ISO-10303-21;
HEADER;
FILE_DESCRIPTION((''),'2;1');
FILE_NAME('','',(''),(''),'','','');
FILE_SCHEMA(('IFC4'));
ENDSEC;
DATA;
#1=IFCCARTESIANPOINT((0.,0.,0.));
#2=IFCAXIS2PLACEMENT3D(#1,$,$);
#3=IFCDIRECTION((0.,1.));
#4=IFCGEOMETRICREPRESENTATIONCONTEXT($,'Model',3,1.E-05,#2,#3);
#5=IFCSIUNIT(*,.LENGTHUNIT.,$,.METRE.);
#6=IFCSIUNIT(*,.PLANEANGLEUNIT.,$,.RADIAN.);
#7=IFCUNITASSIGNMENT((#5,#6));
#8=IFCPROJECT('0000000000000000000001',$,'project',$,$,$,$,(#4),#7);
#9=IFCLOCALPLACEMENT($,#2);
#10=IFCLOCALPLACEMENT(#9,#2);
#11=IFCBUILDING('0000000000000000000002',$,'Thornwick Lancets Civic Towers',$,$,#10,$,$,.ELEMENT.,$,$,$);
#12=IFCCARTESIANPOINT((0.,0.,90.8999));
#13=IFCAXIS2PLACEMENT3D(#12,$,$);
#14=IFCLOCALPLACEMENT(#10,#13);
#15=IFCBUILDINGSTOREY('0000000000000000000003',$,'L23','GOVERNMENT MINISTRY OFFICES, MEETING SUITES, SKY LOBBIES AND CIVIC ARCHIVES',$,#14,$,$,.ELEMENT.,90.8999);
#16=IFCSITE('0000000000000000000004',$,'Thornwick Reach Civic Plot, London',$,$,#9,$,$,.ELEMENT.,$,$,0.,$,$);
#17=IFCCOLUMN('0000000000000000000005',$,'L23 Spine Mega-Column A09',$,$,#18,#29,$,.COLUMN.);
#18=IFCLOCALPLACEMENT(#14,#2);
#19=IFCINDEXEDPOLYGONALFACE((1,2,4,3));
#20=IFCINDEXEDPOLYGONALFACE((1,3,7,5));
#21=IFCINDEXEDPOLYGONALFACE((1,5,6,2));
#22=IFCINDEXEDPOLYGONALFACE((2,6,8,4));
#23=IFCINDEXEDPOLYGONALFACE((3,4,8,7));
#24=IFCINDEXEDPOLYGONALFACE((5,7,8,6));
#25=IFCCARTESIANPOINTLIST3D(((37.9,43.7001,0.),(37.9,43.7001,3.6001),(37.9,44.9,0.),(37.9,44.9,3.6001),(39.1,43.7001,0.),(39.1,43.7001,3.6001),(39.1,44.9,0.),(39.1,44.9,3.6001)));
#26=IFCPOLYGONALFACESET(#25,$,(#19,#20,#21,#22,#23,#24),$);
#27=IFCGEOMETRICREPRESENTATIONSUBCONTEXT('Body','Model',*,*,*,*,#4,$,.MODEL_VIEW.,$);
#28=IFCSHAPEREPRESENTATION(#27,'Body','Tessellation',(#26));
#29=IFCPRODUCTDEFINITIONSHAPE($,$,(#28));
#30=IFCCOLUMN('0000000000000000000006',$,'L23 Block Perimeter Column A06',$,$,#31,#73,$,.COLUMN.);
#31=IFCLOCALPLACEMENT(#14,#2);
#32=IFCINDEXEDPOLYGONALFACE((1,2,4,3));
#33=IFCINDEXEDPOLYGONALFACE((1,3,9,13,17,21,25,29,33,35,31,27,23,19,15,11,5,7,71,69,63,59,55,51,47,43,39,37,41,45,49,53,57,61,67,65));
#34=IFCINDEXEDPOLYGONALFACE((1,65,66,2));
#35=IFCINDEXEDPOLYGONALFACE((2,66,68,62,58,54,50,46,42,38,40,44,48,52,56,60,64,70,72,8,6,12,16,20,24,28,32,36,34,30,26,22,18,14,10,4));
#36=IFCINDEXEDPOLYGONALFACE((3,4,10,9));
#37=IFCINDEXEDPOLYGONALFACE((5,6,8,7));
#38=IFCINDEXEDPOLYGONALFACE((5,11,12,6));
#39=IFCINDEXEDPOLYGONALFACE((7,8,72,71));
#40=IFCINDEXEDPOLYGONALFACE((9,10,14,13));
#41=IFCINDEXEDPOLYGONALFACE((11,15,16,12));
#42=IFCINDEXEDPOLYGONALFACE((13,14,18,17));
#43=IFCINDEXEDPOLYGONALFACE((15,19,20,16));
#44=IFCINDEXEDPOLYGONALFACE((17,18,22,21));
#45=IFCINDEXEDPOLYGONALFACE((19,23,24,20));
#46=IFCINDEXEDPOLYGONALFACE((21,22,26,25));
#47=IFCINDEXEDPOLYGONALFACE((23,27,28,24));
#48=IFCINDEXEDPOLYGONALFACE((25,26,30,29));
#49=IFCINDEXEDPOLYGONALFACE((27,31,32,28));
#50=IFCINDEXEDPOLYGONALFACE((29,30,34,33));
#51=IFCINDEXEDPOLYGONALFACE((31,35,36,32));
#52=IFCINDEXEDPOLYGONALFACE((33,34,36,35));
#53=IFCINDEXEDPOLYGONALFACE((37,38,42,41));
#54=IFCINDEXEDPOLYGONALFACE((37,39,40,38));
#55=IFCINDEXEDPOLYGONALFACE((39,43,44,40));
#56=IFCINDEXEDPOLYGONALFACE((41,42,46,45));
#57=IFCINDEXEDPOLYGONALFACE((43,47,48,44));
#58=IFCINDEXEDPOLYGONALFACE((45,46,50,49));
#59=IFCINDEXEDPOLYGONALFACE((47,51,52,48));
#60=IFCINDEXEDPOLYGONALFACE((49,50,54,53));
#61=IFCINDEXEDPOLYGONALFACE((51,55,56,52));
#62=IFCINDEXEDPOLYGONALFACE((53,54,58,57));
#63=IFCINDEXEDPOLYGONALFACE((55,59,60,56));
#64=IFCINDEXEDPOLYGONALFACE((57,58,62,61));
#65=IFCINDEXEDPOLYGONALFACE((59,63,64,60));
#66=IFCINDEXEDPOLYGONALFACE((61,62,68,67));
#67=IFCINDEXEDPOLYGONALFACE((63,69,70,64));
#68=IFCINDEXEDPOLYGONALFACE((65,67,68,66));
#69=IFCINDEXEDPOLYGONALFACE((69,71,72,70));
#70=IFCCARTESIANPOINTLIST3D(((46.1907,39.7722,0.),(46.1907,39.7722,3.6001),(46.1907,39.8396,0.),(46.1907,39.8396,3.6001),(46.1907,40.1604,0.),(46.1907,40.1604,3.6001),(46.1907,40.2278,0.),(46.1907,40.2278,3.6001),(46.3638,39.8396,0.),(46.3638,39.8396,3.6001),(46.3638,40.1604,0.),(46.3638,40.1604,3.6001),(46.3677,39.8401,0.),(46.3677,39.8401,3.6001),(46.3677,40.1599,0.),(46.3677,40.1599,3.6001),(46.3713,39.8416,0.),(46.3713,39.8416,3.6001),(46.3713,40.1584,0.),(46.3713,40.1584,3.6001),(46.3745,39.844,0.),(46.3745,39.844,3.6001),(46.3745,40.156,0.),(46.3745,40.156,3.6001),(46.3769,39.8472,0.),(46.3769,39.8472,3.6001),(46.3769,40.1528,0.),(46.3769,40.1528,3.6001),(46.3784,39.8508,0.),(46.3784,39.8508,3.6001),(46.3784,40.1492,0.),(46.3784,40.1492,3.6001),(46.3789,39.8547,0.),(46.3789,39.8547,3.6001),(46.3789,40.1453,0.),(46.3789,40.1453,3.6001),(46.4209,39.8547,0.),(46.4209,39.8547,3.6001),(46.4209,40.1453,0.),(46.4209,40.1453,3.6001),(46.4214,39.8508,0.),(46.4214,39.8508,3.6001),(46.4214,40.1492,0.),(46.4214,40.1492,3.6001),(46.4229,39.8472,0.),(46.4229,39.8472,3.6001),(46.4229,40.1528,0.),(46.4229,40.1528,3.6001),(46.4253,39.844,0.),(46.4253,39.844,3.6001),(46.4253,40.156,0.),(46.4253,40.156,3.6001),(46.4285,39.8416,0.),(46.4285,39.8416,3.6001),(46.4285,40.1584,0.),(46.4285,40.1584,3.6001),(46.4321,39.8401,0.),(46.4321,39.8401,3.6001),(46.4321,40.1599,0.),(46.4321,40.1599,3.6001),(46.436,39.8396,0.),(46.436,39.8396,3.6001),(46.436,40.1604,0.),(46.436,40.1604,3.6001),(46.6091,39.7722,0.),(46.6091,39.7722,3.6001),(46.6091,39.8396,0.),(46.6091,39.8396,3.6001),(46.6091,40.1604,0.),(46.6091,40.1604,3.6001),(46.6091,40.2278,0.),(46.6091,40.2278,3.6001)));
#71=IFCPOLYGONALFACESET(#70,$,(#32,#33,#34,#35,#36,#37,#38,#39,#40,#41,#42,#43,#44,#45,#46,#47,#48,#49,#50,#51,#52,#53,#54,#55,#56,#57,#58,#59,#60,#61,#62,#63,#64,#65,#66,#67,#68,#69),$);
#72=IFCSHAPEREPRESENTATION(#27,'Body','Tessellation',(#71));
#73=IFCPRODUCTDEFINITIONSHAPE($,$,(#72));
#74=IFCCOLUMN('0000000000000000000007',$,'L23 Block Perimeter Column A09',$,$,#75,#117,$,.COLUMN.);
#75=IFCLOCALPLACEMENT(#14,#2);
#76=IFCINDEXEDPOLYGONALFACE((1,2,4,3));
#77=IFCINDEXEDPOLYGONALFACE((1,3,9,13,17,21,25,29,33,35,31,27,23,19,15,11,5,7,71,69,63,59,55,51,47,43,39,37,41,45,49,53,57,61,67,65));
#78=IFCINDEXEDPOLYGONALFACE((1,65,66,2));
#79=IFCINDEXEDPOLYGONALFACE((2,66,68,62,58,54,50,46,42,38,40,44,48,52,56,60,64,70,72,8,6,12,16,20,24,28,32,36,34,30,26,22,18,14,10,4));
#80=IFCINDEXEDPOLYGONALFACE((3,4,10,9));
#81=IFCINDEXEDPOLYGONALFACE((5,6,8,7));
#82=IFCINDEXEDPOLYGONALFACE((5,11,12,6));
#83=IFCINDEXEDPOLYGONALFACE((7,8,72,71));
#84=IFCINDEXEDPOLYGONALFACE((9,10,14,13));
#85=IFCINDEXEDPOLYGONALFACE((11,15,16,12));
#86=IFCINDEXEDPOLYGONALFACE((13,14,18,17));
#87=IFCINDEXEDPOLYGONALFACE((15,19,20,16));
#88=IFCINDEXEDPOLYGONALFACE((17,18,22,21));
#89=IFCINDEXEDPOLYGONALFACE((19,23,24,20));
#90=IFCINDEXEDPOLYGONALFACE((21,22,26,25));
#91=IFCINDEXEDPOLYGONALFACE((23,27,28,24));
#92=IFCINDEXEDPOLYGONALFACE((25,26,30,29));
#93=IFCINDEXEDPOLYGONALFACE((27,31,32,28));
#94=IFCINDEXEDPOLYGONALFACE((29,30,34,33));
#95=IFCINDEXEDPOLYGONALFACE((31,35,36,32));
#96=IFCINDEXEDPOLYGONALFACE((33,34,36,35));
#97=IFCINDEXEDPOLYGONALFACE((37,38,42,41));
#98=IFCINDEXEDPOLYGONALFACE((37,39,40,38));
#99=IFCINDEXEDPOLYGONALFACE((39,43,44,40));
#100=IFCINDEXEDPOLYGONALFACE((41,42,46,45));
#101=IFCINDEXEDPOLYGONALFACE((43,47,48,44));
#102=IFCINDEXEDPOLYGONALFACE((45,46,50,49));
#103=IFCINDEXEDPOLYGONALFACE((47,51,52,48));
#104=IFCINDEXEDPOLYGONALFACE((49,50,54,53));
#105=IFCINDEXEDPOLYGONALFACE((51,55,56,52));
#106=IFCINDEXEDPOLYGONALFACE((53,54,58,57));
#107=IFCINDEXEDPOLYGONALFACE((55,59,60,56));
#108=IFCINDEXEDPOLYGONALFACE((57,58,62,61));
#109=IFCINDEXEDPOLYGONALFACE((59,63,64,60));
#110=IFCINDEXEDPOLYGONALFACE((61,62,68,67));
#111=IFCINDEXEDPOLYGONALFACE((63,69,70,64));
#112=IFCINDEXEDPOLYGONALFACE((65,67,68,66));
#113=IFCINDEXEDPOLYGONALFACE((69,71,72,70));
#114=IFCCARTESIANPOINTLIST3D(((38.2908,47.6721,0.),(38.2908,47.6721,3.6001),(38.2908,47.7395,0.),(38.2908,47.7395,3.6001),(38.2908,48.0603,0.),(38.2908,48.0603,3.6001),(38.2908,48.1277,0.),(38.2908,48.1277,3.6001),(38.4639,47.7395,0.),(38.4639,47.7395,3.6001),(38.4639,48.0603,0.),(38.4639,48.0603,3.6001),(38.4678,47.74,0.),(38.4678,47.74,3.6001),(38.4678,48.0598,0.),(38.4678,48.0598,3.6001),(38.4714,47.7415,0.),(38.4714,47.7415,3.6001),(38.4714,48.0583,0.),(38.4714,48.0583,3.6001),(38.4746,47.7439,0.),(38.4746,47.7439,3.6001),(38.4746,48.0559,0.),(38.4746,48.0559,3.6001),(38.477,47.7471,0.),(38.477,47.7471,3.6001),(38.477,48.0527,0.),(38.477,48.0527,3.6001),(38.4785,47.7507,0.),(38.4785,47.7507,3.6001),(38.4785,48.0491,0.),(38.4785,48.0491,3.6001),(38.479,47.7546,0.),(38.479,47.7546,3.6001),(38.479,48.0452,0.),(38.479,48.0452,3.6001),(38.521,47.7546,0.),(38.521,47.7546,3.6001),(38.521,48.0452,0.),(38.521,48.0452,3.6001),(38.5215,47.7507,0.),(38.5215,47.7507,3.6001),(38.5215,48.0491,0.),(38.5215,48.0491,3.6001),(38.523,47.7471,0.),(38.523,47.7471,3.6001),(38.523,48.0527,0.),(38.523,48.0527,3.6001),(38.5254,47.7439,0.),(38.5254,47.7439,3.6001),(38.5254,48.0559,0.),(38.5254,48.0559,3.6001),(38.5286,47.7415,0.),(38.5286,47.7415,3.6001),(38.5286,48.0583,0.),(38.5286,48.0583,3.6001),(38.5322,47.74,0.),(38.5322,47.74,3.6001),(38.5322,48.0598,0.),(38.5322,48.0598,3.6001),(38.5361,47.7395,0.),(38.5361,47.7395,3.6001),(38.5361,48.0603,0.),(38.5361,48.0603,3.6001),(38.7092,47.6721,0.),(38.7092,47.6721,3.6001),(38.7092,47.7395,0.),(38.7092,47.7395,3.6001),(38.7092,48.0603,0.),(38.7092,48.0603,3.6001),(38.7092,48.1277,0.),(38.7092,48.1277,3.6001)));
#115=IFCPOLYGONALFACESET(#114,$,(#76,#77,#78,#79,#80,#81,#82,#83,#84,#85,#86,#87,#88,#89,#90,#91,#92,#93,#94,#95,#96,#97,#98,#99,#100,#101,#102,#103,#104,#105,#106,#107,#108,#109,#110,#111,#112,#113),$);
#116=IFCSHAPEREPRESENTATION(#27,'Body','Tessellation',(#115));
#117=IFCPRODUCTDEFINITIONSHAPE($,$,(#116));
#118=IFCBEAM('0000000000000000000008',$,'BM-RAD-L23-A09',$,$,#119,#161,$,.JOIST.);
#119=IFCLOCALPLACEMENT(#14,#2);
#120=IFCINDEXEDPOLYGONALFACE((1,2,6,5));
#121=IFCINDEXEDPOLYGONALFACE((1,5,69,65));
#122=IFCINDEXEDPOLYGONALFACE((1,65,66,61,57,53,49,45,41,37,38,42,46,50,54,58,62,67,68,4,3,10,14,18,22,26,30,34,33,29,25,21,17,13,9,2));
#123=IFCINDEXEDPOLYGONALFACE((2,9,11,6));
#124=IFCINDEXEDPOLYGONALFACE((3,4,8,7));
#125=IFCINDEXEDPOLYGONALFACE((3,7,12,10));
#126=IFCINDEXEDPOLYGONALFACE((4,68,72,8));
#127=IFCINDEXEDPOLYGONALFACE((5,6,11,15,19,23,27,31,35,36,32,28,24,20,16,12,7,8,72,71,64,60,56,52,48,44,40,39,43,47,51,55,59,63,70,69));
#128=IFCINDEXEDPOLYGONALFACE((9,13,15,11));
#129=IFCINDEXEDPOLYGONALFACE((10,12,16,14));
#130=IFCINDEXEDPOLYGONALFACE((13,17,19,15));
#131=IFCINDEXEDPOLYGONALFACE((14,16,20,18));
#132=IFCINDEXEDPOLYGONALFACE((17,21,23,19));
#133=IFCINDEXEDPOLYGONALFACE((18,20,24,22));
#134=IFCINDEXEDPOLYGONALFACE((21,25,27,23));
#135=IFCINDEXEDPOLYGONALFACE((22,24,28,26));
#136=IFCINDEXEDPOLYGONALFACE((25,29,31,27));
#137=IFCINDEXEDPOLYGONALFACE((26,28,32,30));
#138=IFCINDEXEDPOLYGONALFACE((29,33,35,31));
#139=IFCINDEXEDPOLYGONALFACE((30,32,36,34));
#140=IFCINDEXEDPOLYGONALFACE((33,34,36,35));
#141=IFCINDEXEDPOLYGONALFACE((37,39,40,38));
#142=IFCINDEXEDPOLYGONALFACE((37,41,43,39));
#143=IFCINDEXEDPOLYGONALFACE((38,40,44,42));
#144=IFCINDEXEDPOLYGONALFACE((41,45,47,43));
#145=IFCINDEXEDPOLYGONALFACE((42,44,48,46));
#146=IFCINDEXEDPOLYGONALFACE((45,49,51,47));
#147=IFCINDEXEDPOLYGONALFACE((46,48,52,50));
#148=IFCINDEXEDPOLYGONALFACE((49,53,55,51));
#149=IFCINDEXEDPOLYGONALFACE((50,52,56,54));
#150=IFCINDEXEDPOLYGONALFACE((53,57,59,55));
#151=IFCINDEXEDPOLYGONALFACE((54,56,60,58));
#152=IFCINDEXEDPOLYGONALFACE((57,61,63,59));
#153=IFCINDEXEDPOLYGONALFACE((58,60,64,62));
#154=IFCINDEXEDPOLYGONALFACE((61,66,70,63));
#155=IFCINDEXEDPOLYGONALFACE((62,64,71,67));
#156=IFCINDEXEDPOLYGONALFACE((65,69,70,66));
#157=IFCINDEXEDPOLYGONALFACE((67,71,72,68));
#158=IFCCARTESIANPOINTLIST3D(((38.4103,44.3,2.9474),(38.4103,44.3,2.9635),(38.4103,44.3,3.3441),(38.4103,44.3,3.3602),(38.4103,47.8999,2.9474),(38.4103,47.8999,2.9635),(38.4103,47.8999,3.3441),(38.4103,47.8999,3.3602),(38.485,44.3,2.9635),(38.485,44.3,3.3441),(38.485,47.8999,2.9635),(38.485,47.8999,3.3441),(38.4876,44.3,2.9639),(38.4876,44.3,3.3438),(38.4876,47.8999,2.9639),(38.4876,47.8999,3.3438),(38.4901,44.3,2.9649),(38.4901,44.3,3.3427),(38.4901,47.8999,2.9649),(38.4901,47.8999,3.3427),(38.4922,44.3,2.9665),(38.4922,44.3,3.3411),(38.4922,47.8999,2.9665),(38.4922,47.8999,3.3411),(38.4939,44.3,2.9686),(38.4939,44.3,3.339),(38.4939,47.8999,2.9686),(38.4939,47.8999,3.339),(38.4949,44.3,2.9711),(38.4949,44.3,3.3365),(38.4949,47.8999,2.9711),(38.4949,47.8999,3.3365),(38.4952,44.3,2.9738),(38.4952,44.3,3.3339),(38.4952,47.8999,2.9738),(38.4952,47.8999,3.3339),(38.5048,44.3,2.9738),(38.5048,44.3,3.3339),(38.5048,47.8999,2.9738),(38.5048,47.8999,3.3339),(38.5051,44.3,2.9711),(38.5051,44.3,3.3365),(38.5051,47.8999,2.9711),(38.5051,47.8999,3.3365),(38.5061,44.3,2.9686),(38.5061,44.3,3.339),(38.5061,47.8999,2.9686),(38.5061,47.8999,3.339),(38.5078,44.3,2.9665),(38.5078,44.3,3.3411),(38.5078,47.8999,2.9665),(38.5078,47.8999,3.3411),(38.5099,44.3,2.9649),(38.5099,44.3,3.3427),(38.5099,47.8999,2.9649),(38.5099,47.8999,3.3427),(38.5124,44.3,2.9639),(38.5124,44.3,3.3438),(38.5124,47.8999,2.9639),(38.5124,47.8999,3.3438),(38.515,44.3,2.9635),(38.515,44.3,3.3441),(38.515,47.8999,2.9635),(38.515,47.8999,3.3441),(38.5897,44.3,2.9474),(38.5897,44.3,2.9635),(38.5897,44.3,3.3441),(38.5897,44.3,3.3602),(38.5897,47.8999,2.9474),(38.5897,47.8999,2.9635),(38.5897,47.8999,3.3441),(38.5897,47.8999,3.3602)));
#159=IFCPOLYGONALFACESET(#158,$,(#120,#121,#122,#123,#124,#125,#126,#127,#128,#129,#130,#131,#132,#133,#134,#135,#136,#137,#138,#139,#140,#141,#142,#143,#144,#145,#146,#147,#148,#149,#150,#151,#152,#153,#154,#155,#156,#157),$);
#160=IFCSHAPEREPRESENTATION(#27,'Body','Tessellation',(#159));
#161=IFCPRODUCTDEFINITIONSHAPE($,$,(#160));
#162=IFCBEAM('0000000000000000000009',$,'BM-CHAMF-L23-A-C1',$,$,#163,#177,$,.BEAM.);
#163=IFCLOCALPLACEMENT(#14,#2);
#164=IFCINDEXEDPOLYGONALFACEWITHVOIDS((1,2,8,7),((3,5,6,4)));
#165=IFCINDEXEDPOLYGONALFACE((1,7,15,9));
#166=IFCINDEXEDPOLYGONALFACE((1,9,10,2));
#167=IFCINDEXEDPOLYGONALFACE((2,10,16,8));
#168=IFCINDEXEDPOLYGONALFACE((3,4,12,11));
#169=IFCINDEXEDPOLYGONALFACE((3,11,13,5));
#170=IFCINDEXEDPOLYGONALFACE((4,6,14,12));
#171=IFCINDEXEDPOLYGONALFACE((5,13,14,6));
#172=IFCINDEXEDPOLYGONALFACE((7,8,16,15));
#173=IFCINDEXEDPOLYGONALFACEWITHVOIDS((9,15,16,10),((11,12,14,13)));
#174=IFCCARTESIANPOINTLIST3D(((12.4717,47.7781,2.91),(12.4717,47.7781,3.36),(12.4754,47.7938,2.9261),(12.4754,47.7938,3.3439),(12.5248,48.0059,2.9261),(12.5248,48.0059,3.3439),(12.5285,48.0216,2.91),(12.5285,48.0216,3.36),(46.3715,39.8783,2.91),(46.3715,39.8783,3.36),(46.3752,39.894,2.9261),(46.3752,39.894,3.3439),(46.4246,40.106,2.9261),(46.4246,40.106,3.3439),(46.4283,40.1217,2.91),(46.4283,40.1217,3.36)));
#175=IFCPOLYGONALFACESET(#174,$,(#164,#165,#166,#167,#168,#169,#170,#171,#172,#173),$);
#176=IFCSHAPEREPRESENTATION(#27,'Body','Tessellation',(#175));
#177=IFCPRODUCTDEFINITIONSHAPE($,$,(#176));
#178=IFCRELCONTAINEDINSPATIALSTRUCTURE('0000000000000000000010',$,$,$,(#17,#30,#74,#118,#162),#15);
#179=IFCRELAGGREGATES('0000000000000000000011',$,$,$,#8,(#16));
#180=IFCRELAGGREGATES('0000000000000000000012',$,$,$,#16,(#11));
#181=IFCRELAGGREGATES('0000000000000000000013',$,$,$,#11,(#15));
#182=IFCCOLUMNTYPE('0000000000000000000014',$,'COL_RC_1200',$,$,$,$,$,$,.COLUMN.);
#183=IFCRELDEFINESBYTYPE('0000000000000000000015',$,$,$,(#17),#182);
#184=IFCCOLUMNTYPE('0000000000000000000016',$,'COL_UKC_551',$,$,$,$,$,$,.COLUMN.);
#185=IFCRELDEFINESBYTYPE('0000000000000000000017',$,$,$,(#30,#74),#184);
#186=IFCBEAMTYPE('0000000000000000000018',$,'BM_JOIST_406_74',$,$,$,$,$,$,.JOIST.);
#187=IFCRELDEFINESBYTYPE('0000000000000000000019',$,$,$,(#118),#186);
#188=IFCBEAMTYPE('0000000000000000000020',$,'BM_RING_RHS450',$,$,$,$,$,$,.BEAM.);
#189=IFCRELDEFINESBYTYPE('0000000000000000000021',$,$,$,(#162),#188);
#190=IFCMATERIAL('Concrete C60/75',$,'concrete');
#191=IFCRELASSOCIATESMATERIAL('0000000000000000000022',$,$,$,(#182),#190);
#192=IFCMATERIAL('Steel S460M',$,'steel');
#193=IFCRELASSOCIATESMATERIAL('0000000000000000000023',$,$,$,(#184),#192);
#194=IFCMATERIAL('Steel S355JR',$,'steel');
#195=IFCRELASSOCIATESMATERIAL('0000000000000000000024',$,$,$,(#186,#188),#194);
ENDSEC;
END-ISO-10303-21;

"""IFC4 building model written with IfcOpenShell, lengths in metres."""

from ifc_helpers import new_model, si_unit, direction, frame, origin, origin_2d, place, context, subcontext, project, spatial, rectangle, hollow_rectangle, i_section, extrude, material, material_profile, profile_set, type_object, element, save


model = new_model("IFC4")

# Units and contexts
model_context = context("Model", 3, precision=1e-05, world=origin(), true_north=direction((0.0, 1.0)))
body_context = subcontext(model_context, "Body", "Model", "MODEL_VIEW")
ifc_project = project(units=[si_unit("LENGTHUNIT", "METRE"), si_unit("PLANEANGLEUNIT", "RADIAN")], contexts=[model_context])

# Site, building, storey
site_placement = place(None, origin())
site = spatial("IfcSite", under=ifc_project, at=site_placement, Name="Thornwick Reach Civic Plot, London", CompositionType="ELEMENT", RefElevation=0.0)
building_placement = place(site_placement, origin())
building = spatial("IfcBuilding", under=site, at=building_placement, Name="Thornwick Lancets Civic Towers", CompositionType="ELEMENT")
storey_placement = place(building_placement, frame((0.0, 0.0, 90.8999)))
storey = spatial("IfcBuildingStorey", under=building, at=storey_placement, Name="L23", Description="GOVERNMENT MINISTRY OFFICES, MEETING SUITES, SKY LOBBIES AND CIVIC ARCHIVES", CompositionType="ELEMENT", Elevation=90.8999)

# Columns
ifc_material_1 = material(Name="Concrete C60/75", Category="concrete")
ifc_material_profile_1 = material_profile(ifc_material_1, rectangle(XDim=1.2, YDim=1.2, at=origin_2d()), Name="RC 1200x1200")
ifc_profile_set_1 = profile_set([ifc_material_profile_1], Name="Concrete C60/75")
column_type_1 = type_object("IfcColumnType", Name="COL_RC_1200", PredefinedType="COLUMN", material=ifc_profile_set_1)
column_placement = place(storey_placement, frame((38.5, 44.3, 0.0), z_axis=(0.0, 0.0, 1.0), x_axis=(1.0, 0.0, 0.0)))
element("IfcColumn", 1, at=column_placement, inside=storey, type_object=column_type_1, Name="L23 Spine Mega-Column A09", PredefinedType="COLUMN", context=body_context, shape_type="SweptSolid", body=[
    extrude(rectangle(XDim=1.2, YDim=1.2, at=origin_2d()), origin(), (0.0, 0.0, 1.0), 3.6001),
])
ifc_material_2 = material(Name="Steel S460M", Category="steel")
ifc_material_profile_2 = material_profile(ifc_material_2, i_section(OverallWidth=0.4185, OverallDepth=0.4556, WebThickness=0.042, FlangeThickness=0.0674, FilletRadius=0.0151, at=origin_2d()), Name="UKC 356x406x551")
ifc_profile_set_2 = profile_set([ifc_material_profile_2], Name="Steel S460M")
column_type_2 = type_object("IfcColumnType", Name="COL_UKC_551", PredefinedType="COLUMN", material=ifc_profile_set_2)
for number, where, z_axis, x_axis, name in (
    (2, (46.3999, 40.0, 0.0), (0.0, 0.0, 1.0), (1.0, 0.0, 0.0), "L23 Block Perimeter Column A06"),
    (3, (38.5, 47.8999, 0.0), (0.0, 0.0, 1.0), (1.0, 0.0, 0.0), "L23 Block Perimeter Column A09"),
):
    element("IfcColumn", number, at=place(storey_placement, frame(where, z_axis=z_axis, x_axis=x_axis)), inside=storey, type_object=column_type_2, Name=name, PredefinedType="COLUMN", context=body_context, shape_type="SweptSolid", body=[
        extrude(i_section(OverallWidth=0.4185, OverallDepth=0.4556, WebThickness=0.042, FlangeThickness=0.0674, FilletRadius=0.0151, at=origin_2d()), origin(), (0.0, 0.0, 1.0), 3.6001),
    ])

# Beams
ifc_material_3 = material(Name="Steel S355JR", Category="steel")
ifc_material_profile_3 = material_profile(ifc_material_3, i_section(OverallWidth=0.1794, OverallDepth=0.4128, WebThickness=0.0095, FlangeThickness=0.0161, FilletRadius=0.0103, at=origin_2d()), Name="UKB 406x178x74")
ifc_profile_set_3 = profile_set([ifc_material_profile_3], Name="Steel S355JR")
beam_type_1 = type_object("IfcBeamType", Name="BM_JOIST_406_74", PredefinedType="JOIST", material=ifc_profile_set_3)
beam_1_placement = place(storey_placement, frame((38.5, 44.3, 3.1538), z_axis=(0.0, 1.0, 0.0), x_axis=(-1.0, 0.0, 0.0)))
element("IfcBeam", 4, at=beam_1_placement, inside=storey, type_object=beam_type_1, Name="BM-RAD-L23-A09", PredefinedType="JOIST", context=body_context, shape_type="SweptSolid", body=[
    extrude(i_section(OverallWidth=0.1794, OverallDepth=0.4128, WebThickness=0.0095, FlangeThickness=0.0161, FilletRadius=0.0103, at=origin_2d()), origin(), (0.0, 0.0, 1.0), 3.5999),
])
ifc_material_profile_4 = material_profile(ifc_material_3, hollow_rectangle(XDim=0.25, YDim=0.45, WallThickness=0.0161, at=origin_2d()), Name="RHS 450x250x16")
ifc_profile_set_4 = profile_set([ifc_material_profile_4], Name="Steel S355JR")
beam_type_2 = type_object("IfcBeamType", Name="BM_RING_RHS450", PredefinedType="BEAM", material=ifc_profile_set_4)
beam_2_placement = place(storey_placement, frame((46.3999, 40.0, 3.135), z_axis=(-0.973905, 0.226955, 0.0), x_axis=(-0.226955, -0.973905, 0.0)))
element("IfcBeam", 5, at=beam_2_placement, inside=storey, type_object=beam_type_2, Name="BM-CHAMF-L23-A-C1", PredefinedType="BEAM", context=body_context, shape_type="SweptSolid", body=[
    extrude(hollow_rectangle(XDim=0.25, YDim=0.45, WallThickness=0.0161, at=origin_2d()), origin(), (0.0, 0.0, 1.0), 34.8081),
])

save(model, "model.ifc")
